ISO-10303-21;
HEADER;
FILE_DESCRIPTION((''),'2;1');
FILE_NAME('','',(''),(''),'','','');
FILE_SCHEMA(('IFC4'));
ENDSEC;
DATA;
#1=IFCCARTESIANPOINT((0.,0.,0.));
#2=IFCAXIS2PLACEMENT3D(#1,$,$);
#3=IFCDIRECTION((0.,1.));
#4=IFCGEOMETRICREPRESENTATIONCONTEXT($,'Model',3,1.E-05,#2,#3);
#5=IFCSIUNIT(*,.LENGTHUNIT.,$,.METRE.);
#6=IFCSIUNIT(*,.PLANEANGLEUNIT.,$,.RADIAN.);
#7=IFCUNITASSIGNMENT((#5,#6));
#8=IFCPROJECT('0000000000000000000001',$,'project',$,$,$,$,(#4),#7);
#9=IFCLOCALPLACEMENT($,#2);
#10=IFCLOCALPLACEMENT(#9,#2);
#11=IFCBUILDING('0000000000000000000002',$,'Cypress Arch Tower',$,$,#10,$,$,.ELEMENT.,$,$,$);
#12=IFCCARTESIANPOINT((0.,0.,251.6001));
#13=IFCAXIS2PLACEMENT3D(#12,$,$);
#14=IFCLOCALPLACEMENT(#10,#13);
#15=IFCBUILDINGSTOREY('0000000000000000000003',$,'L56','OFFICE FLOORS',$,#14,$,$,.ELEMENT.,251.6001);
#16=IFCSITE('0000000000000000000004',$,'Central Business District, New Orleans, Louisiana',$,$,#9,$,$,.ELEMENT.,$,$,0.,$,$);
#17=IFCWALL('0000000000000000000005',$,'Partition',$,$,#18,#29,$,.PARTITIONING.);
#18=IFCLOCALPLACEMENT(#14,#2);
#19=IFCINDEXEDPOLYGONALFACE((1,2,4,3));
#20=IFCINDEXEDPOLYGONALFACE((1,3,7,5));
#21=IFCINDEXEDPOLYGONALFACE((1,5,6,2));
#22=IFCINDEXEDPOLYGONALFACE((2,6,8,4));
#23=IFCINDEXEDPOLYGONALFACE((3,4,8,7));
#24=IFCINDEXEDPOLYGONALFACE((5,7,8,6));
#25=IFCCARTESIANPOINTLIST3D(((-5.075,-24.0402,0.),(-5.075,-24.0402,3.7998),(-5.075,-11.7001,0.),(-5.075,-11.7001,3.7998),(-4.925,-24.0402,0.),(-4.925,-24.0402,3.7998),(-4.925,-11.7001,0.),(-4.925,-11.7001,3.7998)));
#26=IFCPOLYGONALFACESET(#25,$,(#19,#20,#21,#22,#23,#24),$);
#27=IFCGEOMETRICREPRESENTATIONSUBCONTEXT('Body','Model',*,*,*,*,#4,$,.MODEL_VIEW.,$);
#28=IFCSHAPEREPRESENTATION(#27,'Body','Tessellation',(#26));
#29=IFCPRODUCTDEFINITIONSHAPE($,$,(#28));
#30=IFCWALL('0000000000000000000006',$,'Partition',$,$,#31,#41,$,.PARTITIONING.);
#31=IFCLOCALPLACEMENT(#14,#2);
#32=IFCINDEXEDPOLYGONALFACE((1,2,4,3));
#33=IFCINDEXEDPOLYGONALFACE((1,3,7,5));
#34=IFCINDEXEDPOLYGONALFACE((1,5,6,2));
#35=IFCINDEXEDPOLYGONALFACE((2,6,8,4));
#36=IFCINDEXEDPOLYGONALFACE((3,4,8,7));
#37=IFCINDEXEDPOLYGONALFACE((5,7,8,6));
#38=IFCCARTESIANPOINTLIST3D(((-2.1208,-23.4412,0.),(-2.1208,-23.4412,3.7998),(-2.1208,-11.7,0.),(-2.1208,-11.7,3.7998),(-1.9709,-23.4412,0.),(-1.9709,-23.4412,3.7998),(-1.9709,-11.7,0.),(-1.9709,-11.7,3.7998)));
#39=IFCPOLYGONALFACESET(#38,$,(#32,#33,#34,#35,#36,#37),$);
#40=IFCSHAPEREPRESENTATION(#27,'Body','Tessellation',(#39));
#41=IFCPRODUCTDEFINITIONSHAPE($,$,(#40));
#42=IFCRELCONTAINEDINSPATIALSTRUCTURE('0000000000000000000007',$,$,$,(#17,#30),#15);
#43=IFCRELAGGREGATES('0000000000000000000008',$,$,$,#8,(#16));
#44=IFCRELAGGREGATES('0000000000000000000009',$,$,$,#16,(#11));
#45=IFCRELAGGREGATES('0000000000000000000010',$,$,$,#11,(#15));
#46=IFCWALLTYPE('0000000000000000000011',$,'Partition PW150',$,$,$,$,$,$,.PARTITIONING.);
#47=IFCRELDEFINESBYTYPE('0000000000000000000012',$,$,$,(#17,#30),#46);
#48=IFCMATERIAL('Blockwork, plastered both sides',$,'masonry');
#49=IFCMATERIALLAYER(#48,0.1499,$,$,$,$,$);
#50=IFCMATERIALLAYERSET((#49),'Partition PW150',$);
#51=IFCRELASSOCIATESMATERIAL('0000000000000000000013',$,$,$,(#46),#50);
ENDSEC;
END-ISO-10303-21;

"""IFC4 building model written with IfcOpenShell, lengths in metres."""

from ifc_helpers import new_model, si_unit, direction, frame, frame_2d, origin, place, context, subcontext, project, spatial, rectangle, extrude, material, layer, layer_set, type_object, element, save


model = new_model("IFC4")

# Units and contexts
model_context = context("Model", 3, precision=1e-05, world=origin(), true_north=direction((0.0, 1.0)))
body_context = subcontext(model_context, "Body", "Model", "MODEL_VIEW")
ifc_project = project(units=[si_unit("LENGTHUNIT", "METRE"), si_unit("PLANEANGLEUNIT", "RADIAN")], contexts=[model_context])

# Site, building, storey
site_placement = place(None, origin())
site = spatial("IfcSite", under=ifc_project, at=site_placement, Name="Central Business District, New Orleans, Louisiana", CompositionType="ELEMENT", RefElevation=0.0)
building_placement = place(site_placement, origin())
building = spatial("IfcBuilding", under=site, at=building_placement, Name="Cypress Arch Tower", CompositionType="ELEMENT")
storey_placement = place(building_placement, frame((0.0, 0.0, 251.6001)))
storey = spatial("IfcBuildingStorey", under=building, at=storey_placement, Name="L56", Description="OFFICE FLOORS", CompositionType="ELEMENT", Elevation=251.6001)

# Walls
ifc_material_1 = material(Name="Blockwork, plastered both sides", Category="masonry")
ifc_layer_1 = layer(ifc_material_1, 0.1499)
ifc_layer_set_1 = layer_set([ifc_layer_1], Name="Partition PW150")
wall_type_1 = type_object("IfcWallType", Name="Partition PW150", PredefinedType="PARTITIONING", material=ifc_layer_set_1)
for number, where, z_axis, x_axis, name in (
    (1, (-5.0, -24.04, 0.0), (0.0, 0.0, 1.0), (0.0, 1.0, 0.0), "Partition"),
):
    element("IfcWall", number, at=place(storey_placement, frame(where, z_axis=z_axis, x_axis=x_axis)), inside=storey, type_object=wall_type_1, Name=name, PredefinedType="PARTITIONING", context=body_context, shape_type="SweptSolid", body=[
        extrude(rectangle(XDim=12.3401, YDim=0.1499, at=frame_2d((6.1699, 0.0))), origin(), (0.0, 0.0, 1.0), 3.7998),
    ])
wall_1_placement = place(storey_placement, frame((-2.0459, -23.4412, 0.0), z_axis=(0.0, 0.0, 1.0), x_axis=(0.0, 1.0, 0.0)))
element("IfcWall", 2, at=wall_1_placement, inside=storey, type_object=wall_type_1, Name="Partition", PredefinedType="PARTITIONING", context=body_context, shape_type="SweptSolid", body=[
    extrude(rectangle(XDim=11.7412, YDim=0.1499, at=frame_2d((5.8706, 0.0))), origin(), (0.0, 0.0, 1.0), 3.7998),
])

save(model, "model.ifc")
